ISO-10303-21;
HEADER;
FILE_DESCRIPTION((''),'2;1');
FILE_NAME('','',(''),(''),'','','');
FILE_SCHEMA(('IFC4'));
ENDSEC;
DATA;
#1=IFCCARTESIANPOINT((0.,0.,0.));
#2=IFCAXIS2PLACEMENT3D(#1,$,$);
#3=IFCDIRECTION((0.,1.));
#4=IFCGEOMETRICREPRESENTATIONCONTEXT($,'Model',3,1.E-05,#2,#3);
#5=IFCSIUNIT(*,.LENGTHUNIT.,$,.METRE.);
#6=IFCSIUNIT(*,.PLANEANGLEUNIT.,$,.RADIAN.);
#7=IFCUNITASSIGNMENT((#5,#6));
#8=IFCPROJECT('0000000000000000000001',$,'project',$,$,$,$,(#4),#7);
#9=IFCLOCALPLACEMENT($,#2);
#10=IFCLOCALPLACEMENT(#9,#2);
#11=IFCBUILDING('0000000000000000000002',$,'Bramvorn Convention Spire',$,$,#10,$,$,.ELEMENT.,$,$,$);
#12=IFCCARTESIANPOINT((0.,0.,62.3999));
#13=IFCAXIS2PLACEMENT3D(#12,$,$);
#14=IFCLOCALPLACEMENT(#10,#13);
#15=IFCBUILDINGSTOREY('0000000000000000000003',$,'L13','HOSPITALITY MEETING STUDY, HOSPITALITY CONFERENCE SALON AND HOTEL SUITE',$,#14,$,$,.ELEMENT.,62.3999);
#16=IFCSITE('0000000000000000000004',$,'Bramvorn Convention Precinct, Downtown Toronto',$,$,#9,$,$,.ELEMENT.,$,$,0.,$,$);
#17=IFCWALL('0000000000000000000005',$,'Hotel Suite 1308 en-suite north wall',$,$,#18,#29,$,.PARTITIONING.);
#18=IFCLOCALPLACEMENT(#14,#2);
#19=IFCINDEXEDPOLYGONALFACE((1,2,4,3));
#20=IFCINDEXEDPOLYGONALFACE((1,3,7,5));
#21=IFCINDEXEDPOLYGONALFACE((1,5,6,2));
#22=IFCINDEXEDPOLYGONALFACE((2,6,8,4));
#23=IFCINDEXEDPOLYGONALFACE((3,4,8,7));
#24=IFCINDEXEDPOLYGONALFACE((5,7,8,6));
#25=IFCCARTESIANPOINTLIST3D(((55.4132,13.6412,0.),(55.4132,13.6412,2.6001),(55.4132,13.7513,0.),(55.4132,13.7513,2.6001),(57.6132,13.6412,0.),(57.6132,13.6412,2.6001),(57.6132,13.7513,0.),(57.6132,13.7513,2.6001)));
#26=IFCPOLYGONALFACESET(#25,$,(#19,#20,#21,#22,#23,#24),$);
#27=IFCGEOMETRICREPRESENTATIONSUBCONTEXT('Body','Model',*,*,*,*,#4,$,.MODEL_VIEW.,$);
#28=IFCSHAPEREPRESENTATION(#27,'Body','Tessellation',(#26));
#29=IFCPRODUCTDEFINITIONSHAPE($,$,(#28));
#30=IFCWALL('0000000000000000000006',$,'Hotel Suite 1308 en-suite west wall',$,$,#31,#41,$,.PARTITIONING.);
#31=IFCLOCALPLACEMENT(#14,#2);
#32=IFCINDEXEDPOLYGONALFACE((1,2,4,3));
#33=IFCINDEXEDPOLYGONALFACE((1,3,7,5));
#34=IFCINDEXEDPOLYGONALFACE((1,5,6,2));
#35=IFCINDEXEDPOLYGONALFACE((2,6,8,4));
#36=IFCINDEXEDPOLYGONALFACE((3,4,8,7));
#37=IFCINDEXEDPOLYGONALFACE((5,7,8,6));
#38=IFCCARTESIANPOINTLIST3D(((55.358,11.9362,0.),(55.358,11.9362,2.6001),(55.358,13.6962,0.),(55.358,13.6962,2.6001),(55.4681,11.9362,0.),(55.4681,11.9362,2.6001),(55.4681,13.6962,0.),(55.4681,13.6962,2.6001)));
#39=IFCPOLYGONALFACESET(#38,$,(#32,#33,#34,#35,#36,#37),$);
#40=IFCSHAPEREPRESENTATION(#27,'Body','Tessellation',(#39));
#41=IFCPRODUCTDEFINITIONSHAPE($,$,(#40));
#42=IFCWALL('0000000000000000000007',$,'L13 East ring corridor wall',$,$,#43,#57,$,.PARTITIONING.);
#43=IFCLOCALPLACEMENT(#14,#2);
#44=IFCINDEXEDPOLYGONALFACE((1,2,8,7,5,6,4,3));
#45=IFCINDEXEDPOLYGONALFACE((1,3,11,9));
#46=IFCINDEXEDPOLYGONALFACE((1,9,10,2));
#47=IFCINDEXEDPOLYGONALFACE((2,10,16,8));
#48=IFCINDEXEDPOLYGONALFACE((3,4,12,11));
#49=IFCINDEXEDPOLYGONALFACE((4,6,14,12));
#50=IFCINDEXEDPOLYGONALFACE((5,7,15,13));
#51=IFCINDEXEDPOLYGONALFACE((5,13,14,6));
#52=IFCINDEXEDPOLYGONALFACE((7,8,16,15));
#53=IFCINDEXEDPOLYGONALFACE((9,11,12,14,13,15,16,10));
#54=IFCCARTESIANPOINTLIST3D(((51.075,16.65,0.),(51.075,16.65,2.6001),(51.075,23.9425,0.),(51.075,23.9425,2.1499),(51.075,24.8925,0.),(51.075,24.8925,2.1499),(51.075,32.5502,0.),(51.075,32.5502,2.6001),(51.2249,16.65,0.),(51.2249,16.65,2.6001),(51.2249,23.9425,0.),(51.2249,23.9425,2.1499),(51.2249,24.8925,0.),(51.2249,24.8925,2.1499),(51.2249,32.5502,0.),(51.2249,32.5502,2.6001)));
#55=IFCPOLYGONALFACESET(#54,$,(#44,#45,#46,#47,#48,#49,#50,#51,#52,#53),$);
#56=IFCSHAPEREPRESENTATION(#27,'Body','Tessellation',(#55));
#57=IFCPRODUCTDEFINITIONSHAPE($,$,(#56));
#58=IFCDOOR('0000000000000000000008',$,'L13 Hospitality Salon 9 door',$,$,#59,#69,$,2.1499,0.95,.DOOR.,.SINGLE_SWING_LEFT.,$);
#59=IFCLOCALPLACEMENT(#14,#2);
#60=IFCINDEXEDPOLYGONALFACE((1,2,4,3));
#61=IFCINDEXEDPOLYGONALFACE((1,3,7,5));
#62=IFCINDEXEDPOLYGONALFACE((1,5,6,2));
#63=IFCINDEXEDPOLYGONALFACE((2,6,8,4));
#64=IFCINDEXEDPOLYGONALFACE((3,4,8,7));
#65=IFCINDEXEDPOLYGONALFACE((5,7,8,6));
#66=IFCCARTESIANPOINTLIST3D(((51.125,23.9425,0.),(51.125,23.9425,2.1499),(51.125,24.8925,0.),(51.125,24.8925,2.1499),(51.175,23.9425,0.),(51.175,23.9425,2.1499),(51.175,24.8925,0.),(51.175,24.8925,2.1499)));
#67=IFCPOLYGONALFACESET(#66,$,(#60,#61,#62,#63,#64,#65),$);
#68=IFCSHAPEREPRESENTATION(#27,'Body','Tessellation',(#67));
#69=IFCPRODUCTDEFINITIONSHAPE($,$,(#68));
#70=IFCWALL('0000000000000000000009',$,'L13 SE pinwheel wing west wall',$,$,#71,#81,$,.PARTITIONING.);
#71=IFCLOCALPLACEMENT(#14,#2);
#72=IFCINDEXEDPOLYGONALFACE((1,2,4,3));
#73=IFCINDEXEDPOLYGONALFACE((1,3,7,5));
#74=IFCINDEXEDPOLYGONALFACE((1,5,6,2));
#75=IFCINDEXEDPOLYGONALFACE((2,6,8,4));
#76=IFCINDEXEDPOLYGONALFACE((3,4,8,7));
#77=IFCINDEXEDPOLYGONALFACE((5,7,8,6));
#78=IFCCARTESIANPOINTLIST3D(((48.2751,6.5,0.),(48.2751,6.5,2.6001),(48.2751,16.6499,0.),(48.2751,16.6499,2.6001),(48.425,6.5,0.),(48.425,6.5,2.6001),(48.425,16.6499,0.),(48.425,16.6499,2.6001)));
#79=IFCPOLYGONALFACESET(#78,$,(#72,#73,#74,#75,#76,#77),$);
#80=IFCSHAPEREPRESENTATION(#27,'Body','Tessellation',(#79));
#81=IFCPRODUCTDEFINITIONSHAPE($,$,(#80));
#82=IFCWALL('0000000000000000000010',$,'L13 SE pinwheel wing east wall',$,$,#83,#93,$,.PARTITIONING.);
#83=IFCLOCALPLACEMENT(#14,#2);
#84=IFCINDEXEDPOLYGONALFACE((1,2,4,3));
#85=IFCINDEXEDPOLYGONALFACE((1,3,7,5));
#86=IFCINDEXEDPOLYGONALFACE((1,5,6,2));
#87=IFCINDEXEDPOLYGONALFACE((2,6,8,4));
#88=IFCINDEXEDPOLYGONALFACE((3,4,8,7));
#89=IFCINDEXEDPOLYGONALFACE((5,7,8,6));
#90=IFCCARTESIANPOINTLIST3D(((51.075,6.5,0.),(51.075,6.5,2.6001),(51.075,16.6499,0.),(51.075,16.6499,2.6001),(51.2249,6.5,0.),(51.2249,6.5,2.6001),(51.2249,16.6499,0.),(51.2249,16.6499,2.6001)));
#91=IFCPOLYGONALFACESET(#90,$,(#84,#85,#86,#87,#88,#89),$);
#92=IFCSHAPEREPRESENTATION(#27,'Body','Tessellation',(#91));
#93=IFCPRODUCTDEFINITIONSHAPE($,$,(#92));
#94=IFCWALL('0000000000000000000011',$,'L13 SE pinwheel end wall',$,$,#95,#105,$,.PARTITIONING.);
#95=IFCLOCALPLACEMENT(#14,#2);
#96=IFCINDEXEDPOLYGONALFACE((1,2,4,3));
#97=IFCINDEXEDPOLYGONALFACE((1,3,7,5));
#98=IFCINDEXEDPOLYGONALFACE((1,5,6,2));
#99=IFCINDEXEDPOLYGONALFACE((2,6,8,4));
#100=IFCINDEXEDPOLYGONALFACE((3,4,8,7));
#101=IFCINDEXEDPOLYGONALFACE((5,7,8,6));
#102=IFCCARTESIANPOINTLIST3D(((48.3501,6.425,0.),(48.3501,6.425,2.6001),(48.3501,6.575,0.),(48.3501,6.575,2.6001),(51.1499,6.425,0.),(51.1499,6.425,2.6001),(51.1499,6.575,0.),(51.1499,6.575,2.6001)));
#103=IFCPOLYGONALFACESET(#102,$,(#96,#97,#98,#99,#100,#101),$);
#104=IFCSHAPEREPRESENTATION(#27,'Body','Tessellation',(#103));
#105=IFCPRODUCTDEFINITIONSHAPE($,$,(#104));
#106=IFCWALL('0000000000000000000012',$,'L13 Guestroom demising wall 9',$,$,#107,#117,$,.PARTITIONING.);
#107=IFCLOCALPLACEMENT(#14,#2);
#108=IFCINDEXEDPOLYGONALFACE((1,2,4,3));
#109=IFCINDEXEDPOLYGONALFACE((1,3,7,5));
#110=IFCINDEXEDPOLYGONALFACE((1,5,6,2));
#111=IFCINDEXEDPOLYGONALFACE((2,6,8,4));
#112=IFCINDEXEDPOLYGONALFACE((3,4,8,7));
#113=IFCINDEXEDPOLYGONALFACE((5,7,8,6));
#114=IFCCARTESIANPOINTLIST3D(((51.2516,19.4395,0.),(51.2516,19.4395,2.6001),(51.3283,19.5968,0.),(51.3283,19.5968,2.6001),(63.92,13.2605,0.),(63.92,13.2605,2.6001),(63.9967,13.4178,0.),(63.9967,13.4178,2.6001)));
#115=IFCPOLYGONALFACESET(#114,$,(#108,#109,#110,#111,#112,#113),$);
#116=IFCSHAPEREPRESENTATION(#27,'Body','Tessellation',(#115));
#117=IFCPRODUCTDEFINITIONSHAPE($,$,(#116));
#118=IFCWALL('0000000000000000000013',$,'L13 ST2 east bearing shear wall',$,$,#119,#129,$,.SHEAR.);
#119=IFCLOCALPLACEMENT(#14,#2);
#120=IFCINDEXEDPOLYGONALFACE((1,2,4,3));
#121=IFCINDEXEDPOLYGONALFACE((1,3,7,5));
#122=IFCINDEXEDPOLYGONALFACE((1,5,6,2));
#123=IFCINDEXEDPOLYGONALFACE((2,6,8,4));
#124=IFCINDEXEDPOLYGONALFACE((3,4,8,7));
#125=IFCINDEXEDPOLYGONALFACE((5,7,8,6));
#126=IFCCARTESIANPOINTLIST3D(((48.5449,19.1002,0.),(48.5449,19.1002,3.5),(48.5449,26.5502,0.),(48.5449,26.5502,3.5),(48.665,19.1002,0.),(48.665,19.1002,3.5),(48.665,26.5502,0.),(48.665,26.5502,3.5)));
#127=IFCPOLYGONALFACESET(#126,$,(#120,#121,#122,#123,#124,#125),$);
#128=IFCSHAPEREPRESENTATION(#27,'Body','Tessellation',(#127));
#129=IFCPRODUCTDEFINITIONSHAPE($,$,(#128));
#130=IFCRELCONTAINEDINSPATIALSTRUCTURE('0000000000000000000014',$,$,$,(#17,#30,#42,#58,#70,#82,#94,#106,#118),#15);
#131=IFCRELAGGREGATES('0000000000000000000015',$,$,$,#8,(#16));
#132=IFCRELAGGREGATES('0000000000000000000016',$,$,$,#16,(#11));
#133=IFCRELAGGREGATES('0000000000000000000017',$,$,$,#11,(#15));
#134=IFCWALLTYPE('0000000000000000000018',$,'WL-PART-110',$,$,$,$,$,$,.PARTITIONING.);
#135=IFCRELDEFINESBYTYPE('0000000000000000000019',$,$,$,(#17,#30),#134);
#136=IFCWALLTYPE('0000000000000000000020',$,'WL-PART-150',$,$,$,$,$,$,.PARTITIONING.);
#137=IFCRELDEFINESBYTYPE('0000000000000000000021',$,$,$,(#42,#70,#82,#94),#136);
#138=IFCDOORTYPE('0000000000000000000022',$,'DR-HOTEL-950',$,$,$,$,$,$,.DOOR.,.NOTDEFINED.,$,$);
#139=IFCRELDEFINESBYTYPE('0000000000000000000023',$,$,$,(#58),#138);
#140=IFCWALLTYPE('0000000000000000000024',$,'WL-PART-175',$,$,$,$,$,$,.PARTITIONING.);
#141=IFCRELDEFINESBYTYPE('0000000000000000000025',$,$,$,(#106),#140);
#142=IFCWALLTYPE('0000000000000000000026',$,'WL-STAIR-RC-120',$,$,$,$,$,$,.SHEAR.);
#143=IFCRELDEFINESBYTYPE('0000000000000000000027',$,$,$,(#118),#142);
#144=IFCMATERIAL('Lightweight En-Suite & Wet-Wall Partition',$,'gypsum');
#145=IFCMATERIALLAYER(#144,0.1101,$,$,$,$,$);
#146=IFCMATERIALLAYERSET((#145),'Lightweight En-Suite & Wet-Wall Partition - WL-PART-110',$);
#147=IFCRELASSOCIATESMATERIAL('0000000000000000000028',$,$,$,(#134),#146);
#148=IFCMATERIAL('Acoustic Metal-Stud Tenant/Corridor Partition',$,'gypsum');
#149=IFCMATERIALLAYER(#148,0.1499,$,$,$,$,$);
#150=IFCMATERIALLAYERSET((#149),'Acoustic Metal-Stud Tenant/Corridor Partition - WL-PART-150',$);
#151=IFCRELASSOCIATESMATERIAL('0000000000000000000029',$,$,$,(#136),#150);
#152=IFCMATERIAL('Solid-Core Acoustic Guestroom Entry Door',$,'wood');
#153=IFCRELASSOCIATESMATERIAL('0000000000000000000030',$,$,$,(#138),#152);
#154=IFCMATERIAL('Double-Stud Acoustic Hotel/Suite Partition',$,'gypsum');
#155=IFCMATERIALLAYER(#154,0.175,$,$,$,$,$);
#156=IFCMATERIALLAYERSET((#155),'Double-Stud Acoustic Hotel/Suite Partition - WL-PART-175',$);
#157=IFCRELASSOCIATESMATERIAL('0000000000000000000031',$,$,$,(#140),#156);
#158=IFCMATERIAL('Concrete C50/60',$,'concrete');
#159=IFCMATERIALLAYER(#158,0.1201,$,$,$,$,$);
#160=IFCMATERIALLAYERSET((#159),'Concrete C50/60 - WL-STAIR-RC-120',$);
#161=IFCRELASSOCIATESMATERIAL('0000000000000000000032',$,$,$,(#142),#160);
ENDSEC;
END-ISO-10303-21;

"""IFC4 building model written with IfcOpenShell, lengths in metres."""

from ifc_helpers import new_model, si_unit, direction, frame, frame_2d, origin, place, context, subcontext, project, spatial, rectangle, extrude, material, layer, layer_set, type_object, element, fill, save


model = new_model("IFC4")

# Units and contexts
model_context = context("Model", 3, precision=1e-05, world=origin(), true_north=direction((0.0, 1.0)))
body_context = subcontext(model_context, "Body", "Model", "MODEL_VIEW")
ifc_project = project(units=[si_unit("LENGTHUNIT", "METRE"), si_unit("PLANEANGLEUNIT", "RADIAN")], contexts=[model_context])

# Site, building, storey
site_placement = place(None, origin())
site = spatial("IfcSite", under=ifc_project, at=site_placement, Name="Bramvorn Convention Precinct, Downtown Toronto", CompositionType="ELEMENT", RefElevation=0.0)
building_placement = place(site_placement, origin())
building = spatial("IfcBuilding", under=site, at=building_placement, Name="Bramvorn Convention Spire", CompositionType="ELEMENT")
storey_placement = place(building_placement, frame((0.0, 0.0, 62.3999)))
storey = spatial("IfcBuildingStorey", under=building, at=storey_placement, Name="L13", Description="HOSPITALITY MEETING STUDY, HOSPITALITY CONFERENCE SALON AND HOTEL SUITE", CompositionType="ELEMENT", Elevation=62.3999)

# Shared definitions
ifc_material_1 = material(Name="Lightweight En-Suite & Wet-Wall Partition", Category="gypsum")
ifc_layer_1 = layer(ifc_material_1, 0.1101)
ifc_layer_set_1 = layer_set([ifc_layer_1], Name="Lightweight En-Suite & Wet-Wall Partition - WL-PART-110")
wall_type_1 = type_object("IfcWallType", Name="WL-PART-110", PredefinedType="PARTITIONING", material=ifc_layer_set_1)

# Walls
wall_1_placement = place(storey_placement, frame((55.4131, 13.6963, 0.0), z_axis=(0.0, 0.0, 1.0), x_axis=(1.0, 0.0, 0.0)))
element("IfcWall", 1, at=wall_1_placement, inside=storey, type_object=wall_type_1, Name="Hotel Suite 1308 en-suite north wall", PredefinedType="PARTITIONING", context=body_context, shape_type="SweptSolid", body=[
    extrude(rectangle(XDim=2.2, YDim=0.1101, at=frame_2d((1.1001, 0.0))), origin(), (0.0, 0.0, 1.0), 2.6001),
])
wall_2_placement = place(storey_placement, frame((55.4131, 11.9363, 0.0), z_axis=(0.0, 0.0, 1.0), x_axis=(0.0, 1.0, 0.0)))
element("IfcWall", 2, at=wall_2_placement, inside=storey, type_object=wall_type_1, Name="Hotel Suite 1308 en-suite west wall", PredefinedType="PARTITIONING", context=body_context, shape_type="SweptSolid", body=[
    extrude(rectangle(XDim=1.76, YDim=0.1101, at=frame_2d((0.8799, 0.0))), origin(), (0.0, 0.0, 1.0), 2.6001),
])

# Wall, opening, door
ifc_material_2 = material(Name="Acoustic Metal-Stud Tenant/Corridor Partition", Category="gypsum")
ifc_layer_2 = layer(ifc_material_2, 0.1499)
ifc_layer_set_2 = layer_set([ifc_layer_2], Name="Acoustic Metal-Stud Tenant/Corridor Partition - WL-PART-150")
wall_type_2 = type_object("IfcWallType", Name="WL-PART-150", PredefinedType="PARTITIONING", material=ifc_layer_set_2)
wall_3_placement = place(storey_placement, frame((51.1499, 16.6499, 0.0), z_axis=(0.0, 0.0, 1.0), x_axis=(0.0, 1.0, 0.0)))
wall_3 = element("IfcWall", 3, at=wall_3_placement, inside=storey, type_object=wall_type_2, Name="L13 East ring corridor wall", PredefinedType="PARTITIONING", context=body_context, shape_type="SweptSolid", body=[
    extrude(rectangle(XDim=15.9001, YDim=0.1499, at=frame_2d((7.9502, 0.0))), origin(), (0.0, 0.0, 1.0), 2.6001),
])
opening_1_placement = place(wall_3_placement, frame((7.2925, 0.0, 0.0)))
opening_1 = element("IfcOpeningElement", 4, at=opening_1_placement, cuts=wall_3, PredefinedType="OPENING", context=body_context, shape_type="SweptSolid", body=[
    extrude(rectangle(XDim=0.95, YDim=2.1499, at=frame_2d((0.4751, 1.075))), frame((0.0, 0.085, 0.0), z_axis=(0.0, -1.0, 0.0), x_axis=(1.0, 0.0, 0.0)), (0.0, 0.0, 1.0), 0.1699),
])
ifc_material_3 = material(Name="Solid-Core Acoustic Guestroom Entry Door", Category="wood")
door_type_1 = type_object("IfcDoorType", Name="DR-HOTEL-950", OperationType="NOTDEFINED", PredefinedType="DOOR", material=ifc_material_3)
door_1_placement = place(opening_1_placement, origin())
door_1 = element("IfcDoor", 5, at=door_1_placement, inside=storey, type_object=door_type_1, Name="L13 Hospitality Salon 9 door", OperationType="SINGLE_SWING_LEFT", OverallHeight=2.1499, OverallWidth=0.95, PredefinedType="DOOR", context=body_context, shape_type="SweptSolid", body=[
    extrude(rectangle(XDim=0.95, YDim=2.1499, at=frame_2d((0.4751, 1.075))), frame((0.0, 0.0249, 0.0), z_axis=(0.0, -1.0, 0.0), x_axis=(1.0, 0.0, 0.0)), (0.0, 0.0, 1.0), 0.05),
])
fill(opening_1, door_1)

# Walls
for number, where, z_axis, x_axis, name in (
    (6, (48.3501, 6.5, 0.0), (0.0, 0.0, 1.0), (0.0, 1.0, 0.0), "L13 SE pinwheel wing west wall"),
    (7, (51.1499, 6.5, 0.0), (0.0, 0.0, 1.0), (0.0, 1.0, 0.0), "L13 SE pinwheel wing east wall"),
):
    element("IfcWall", number, at=place(storey_placement, frame(where, z_axis=z_axis, x_axis=x_axis)), inside=storey, type_object=wall_type_2, Name=name, PredefinedType="PARTITIONING", context=body_context, shape_type="SweptSolid", body=[
        extrude(rectangle(XDim=10.1499, YDim=0.1499, at=frame_2d((5.075, 0.0))), origin(), (0.0, 0.0, 1.0), 2.6001),
    ])
wall_4_placement = place(storey_placement, frame((48.3501, 6.5, 0.0), z_axis=(0.0, 0.0, 1.0), x_axis=(1.0, 0.0, 0.0)))
element("IfcWall", 8, at=wall_4_placement, inside=storey, type_object=wall_type_2, Name="L13 SE pinwheel end wall", PredefinedType="PARTITIONING", context=body_context, shape_type="SweptSolid", body=[
    extrude(rectangle(XDim=2.7998, YDim=0.1499, at=frame_2d((1.3999, 0.0))), origin(), (0.0, 0.0, 1.0), 2.6001),
])
ifc_material_4 = material(Name="Double-Stud Acoustic Hotel/Suite Partition", Category="gypsum")
ifc_layer_3 = layer(ifc_material_4, 0.175)
ifc_layer_set_3 = layer_set([ifc_layer_3], Name="Double-Stud Acoustic Hotel/Suite Partition - WL-PART-175")
wall_type_3 = type_object("IfcWallType", Name="WL-PART-175", PredefinedType="PARTITIONING", material=ifc_layer_set_3)
wall_5_placement = place(storey_placement, frame((51.29, 19.5181, 0.0), z_axis=(0.0, 0.0, 1.0), x_axis=(0.89879, -0.438379, 0.0)))
element("IfcWall", 9, at=wall_5_placement, inside=storey, type_object=wall_type_3, Name="L13 Guestroom demising wall 9", PredefinedType="PARTITIONING", context=body_context, shape_type="SweptSolid", body=[
    extrude(rectangle(XDim=14.095, YDim=0.175, at=frame_2d((7.0474, 0.0))), origin(), (0.0, 0.0, 1.0), 2.6001),
])
ifc_material_5 = material(Name="Concrete C50/60", Category="concrete")
ifc_layer_4 = layer(ifc_material_5, 0.1201)
ifc_layer_set_4 = layer_set([ifc_layer_4], Name="Concrete C50/60 - WL-STAIR-RC-120")
wall_type_4 = type_object("IfcWallType", Name="WL-STAIR-RC-120", PredefinedType="SHEAR", material=ifc_layer_set_4)
wall_6_placement = place(storey_placement, frame((48.605, 19.1001, 0.0), z_axis=(0.0, 0.0, 1.0), x_axis=(0.0, 1.0, 0.0)))
element("IfcWall", 10, at=wall_6_placement, inside=storey, type_object=wall_type_4, Name="L13 ST2 east bearing shear wall", PredefinedType="SHEAR", context=body_context, shape_type="SweptSolid", body=[
    extrude(rectangle(XDim=7.45, YDim=0.1201, at=frame_2d((3.7251, 0.0))), origin(), (0.0, 0.0, 1.0), 3.5),
])

save(model, "model.ifc")
